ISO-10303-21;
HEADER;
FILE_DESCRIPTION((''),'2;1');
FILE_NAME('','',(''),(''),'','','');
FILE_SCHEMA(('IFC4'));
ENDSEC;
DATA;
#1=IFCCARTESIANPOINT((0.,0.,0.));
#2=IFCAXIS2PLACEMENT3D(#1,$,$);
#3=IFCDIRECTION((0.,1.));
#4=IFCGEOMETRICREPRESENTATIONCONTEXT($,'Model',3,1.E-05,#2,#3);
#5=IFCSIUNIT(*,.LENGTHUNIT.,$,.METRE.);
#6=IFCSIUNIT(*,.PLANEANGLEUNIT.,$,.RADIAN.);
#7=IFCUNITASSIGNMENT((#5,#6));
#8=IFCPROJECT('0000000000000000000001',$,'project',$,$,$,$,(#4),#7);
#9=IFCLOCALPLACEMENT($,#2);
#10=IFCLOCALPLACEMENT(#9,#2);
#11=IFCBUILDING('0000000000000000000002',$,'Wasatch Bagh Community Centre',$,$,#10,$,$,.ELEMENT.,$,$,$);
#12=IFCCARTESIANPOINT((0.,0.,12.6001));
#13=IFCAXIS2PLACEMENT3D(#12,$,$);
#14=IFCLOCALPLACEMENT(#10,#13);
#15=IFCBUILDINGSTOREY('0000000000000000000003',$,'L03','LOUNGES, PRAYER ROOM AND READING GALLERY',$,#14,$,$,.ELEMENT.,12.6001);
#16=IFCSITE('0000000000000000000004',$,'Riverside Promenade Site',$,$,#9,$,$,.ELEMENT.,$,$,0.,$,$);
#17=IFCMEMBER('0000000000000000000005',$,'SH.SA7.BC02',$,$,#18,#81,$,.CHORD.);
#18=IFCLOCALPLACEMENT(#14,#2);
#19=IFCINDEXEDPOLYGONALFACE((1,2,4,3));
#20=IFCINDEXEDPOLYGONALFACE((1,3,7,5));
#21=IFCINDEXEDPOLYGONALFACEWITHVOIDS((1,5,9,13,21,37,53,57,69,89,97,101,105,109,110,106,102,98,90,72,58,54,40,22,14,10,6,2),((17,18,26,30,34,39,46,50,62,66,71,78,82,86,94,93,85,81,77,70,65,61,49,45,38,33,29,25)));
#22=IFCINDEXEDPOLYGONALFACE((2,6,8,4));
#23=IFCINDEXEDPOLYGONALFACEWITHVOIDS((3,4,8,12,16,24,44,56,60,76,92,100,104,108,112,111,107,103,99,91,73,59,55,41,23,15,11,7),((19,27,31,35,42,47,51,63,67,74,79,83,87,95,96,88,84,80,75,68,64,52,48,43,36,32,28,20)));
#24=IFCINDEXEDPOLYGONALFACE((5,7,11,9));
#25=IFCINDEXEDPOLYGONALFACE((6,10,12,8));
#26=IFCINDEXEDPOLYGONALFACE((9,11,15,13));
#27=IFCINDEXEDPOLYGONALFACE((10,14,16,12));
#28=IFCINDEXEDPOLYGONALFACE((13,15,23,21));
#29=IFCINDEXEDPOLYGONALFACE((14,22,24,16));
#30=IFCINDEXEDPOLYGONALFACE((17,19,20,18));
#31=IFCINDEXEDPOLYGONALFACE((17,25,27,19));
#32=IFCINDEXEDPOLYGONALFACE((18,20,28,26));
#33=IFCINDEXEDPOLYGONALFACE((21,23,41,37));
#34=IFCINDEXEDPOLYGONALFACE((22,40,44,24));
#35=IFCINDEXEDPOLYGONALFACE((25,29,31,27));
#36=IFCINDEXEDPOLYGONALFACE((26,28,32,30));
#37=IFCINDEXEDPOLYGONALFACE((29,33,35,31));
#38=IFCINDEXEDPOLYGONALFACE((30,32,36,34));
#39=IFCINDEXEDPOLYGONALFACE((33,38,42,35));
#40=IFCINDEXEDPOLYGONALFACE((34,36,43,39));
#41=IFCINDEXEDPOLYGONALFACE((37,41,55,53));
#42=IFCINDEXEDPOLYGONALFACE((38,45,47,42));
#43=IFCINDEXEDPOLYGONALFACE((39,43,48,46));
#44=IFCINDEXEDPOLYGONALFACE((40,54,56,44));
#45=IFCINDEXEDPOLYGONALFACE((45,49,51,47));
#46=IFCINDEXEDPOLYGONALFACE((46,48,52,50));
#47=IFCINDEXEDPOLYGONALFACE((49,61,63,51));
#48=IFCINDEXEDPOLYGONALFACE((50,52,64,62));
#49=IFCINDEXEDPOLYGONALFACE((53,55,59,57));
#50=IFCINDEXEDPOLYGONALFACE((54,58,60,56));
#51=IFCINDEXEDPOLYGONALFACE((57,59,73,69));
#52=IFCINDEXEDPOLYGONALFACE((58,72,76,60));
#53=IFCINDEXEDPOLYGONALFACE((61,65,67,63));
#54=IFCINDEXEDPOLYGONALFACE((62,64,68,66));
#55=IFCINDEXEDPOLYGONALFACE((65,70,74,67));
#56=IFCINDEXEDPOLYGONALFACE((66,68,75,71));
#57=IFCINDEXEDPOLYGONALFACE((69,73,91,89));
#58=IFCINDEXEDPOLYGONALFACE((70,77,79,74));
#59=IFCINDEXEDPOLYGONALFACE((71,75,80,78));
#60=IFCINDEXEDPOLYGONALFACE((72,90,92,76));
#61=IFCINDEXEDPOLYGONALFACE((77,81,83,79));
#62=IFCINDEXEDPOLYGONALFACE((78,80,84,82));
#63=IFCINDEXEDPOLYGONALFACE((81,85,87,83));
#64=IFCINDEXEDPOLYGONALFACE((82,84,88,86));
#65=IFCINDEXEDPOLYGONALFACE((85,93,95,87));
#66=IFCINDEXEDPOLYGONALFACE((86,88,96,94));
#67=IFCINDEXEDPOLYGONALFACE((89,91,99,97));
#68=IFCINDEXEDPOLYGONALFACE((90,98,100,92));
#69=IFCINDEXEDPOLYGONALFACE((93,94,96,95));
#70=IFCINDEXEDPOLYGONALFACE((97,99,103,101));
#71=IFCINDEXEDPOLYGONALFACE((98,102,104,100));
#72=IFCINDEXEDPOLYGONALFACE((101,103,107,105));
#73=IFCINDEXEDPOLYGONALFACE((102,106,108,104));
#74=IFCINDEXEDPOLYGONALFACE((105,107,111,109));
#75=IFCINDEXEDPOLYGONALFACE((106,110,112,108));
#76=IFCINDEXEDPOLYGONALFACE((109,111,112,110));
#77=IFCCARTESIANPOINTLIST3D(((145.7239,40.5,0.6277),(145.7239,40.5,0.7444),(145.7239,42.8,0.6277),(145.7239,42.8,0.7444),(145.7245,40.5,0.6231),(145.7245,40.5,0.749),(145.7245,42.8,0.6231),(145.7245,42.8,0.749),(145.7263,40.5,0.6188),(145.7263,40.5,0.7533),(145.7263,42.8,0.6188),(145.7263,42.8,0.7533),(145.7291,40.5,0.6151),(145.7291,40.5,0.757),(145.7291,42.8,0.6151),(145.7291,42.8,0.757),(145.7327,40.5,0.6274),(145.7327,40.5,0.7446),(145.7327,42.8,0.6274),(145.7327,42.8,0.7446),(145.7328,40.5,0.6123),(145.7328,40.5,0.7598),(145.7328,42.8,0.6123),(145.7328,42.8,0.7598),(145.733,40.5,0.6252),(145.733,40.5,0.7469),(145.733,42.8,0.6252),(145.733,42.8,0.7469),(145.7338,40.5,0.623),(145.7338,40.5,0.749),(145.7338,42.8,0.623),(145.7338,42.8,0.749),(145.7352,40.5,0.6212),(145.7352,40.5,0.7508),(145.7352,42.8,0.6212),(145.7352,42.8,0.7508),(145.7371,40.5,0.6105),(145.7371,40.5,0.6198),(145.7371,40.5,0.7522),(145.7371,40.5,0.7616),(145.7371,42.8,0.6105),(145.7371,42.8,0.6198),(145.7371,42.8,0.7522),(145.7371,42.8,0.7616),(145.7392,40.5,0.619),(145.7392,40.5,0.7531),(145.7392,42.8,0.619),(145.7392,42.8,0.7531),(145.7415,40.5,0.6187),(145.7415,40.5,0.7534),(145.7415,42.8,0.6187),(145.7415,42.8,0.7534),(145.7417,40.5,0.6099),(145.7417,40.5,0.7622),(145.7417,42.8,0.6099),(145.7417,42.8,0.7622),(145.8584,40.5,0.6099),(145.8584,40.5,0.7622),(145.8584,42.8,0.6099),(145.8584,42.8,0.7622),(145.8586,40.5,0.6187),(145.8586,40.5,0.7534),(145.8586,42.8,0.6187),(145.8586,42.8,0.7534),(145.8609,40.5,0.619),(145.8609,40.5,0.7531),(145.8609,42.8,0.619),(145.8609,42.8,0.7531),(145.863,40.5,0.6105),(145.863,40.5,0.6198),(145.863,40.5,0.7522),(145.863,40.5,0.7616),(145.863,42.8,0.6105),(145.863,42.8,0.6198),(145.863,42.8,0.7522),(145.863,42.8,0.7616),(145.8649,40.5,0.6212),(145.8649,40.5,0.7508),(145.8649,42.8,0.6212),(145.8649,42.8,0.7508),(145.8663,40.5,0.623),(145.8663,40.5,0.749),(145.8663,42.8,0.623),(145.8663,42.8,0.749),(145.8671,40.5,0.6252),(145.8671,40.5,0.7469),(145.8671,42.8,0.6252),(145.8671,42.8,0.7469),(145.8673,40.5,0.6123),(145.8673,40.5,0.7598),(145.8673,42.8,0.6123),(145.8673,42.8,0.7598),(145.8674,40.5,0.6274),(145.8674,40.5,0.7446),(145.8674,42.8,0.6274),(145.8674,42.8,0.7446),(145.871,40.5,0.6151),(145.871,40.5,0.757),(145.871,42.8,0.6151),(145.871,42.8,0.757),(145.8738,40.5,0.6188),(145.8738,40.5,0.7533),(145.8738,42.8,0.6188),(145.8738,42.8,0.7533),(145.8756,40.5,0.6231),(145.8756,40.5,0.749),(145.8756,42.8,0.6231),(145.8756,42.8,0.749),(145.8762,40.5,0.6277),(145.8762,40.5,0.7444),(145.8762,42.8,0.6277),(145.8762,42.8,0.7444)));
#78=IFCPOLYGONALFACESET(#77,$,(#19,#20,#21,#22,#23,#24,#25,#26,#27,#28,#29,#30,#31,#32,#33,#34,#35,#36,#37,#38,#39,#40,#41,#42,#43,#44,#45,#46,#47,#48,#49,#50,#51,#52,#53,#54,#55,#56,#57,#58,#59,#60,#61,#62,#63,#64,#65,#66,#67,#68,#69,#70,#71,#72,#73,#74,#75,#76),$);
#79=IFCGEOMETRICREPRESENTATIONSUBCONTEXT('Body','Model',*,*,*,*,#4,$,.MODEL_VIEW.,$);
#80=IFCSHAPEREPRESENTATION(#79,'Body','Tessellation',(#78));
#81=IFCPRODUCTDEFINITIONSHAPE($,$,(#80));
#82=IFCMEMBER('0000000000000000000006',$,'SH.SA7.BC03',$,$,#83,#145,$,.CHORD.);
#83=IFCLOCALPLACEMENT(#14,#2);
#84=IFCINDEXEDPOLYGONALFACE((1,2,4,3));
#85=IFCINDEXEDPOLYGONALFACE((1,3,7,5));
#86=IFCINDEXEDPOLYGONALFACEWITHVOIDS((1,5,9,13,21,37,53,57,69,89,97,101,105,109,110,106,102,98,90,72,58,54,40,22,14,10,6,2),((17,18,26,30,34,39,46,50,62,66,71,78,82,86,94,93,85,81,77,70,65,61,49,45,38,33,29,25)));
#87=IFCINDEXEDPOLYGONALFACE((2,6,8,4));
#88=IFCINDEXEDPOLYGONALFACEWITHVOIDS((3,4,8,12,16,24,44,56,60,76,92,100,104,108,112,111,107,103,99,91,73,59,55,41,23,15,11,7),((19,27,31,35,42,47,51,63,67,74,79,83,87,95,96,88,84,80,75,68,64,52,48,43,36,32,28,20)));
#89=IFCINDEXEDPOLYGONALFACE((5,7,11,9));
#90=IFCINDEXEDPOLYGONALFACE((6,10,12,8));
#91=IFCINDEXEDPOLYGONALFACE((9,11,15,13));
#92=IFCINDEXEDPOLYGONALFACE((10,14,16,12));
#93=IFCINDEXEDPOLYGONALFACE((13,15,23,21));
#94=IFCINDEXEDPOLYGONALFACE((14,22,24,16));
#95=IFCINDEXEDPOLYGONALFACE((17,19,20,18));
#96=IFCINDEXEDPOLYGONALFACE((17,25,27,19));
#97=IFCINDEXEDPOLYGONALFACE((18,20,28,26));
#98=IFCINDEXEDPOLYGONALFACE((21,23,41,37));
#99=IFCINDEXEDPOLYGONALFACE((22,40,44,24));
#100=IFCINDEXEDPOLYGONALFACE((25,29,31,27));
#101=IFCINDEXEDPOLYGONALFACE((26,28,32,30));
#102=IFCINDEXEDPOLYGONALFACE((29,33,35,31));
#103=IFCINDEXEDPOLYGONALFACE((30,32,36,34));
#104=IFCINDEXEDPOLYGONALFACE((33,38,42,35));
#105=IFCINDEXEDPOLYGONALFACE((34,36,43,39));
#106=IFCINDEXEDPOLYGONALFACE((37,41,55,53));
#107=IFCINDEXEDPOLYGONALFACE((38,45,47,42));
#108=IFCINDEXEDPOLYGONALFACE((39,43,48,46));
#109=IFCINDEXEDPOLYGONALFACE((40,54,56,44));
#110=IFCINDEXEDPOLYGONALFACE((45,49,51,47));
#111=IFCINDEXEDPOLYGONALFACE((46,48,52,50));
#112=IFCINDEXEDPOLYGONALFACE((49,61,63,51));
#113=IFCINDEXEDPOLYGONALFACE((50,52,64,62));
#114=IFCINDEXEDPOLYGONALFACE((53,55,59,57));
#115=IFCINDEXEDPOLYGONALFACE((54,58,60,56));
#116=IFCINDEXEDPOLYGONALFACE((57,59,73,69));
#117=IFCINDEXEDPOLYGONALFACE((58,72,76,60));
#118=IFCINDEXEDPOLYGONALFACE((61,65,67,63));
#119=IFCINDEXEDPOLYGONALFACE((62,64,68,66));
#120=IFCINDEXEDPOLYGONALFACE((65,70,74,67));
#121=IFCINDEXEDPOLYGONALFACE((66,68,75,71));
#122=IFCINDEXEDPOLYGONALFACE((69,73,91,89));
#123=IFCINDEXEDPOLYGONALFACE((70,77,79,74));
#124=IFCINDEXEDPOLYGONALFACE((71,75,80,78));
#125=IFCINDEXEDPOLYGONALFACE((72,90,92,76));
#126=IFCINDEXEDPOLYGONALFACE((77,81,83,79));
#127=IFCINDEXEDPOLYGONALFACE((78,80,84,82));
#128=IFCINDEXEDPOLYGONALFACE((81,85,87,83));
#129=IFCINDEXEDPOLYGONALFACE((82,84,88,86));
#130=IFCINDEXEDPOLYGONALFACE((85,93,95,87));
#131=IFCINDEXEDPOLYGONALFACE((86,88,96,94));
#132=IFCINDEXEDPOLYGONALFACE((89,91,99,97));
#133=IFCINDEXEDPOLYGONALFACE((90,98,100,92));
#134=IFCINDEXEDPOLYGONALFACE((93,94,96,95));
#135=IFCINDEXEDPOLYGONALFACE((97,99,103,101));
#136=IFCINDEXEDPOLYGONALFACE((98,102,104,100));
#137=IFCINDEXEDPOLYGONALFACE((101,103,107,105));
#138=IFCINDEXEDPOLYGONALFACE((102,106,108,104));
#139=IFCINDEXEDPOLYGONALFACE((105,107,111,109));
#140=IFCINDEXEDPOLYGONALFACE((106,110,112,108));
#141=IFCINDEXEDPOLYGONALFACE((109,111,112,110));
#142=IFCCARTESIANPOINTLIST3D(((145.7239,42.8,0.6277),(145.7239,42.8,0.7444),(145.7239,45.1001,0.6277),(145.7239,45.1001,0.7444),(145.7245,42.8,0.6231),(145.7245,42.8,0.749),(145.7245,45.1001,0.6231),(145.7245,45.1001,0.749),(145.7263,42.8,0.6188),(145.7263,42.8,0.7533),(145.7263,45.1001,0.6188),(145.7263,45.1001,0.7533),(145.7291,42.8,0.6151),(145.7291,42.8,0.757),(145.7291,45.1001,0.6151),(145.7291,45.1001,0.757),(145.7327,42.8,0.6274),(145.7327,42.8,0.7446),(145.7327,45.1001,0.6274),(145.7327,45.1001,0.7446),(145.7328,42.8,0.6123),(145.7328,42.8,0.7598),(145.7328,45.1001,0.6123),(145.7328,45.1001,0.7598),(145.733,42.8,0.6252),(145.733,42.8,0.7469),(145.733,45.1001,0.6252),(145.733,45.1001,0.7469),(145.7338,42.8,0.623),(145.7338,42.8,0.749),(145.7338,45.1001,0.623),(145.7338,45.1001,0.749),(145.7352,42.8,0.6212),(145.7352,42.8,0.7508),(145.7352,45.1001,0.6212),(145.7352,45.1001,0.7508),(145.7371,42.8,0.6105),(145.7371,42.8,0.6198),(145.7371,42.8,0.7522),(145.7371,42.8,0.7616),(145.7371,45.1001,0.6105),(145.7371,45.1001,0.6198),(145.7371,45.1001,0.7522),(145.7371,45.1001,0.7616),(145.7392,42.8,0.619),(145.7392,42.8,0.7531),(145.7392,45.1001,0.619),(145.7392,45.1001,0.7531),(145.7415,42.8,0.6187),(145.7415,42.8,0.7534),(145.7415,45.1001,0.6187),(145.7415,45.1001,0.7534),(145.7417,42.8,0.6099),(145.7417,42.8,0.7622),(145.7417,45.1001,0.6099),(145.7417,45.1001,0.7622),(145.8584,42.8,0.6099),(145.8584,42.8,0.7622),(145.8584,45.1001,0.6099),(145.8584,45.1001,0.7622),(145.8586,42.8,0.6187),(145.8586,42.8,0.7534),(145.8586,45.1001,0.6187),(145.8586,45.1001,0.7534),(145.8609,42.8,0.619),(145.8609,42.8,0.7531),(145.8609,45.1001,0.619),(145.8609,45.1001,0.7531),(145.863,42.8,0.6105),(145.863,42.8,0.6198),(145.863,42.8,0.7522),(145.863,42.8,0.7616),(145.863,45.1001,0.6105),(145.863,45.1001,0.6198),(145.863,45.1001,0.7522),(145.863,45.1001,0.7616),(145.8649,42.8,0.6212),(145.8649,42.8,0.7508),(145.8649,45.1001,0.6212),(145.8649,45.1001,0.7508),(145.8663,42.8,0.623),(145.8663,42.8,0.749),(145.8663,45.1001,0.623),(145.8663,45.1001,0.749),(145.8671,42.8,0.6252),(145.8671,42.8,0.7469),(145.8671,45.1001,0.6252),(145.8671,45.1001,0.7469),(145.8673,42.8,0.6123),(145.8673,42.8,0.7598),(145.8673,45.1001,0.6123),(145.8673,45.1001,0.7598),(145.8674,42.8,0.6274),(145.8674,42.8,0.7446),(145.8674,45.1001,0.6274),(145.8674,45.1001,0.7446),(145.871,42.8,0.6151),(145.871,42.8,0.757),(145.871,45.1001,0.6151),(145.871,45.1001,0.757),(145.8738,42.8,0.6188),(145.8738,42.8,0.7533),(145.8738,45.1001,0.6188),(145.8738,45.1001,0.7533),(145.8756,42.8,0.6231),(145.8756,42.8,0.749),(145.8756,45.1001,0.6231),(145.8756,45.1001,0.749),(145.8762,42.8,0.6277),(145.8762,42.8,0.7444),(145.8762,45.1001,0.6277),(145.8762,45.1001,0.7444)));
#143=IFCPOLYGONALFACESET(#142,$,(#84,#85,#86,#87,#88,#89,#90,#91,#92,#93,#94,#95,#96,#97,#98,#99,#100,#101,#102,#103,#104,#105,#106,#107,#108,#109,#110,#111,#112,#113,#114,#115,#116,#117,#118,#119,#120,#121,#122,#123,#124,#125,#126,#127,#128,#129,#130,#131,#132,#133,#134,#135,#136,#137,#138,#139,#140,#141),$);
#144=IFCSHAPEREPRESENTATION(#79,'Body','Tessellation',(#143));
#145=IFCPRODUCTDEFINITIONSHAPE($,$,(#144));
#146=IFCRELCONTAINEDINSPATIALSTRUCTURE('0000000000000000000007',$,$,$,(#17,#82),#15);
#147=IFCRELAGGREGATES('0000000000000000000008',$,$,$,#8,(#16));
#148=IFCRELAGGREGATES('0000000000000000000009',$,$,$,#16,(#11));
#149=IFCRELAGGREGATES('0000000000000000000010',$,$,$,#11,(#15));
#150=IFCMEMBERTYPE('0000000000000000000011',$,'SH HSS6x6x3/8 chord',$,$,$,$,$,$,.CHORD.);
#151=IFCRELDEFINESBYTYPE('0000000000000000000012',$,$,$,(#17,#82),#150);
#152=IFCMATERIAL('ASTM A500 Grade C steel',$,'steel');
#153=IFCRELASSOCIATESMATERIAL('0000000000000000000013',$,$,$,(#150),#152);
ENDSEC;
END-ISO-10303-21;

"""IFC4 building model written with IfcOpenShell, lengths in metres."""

from ifc_helpers import new_model, si_unit, direction, frame, origin, origin_2d, place, context, subcontext, project, spatial, hollow_rectangle, extrude, material, material_profile, profile_set, type_object, element, save


model = new_model("IFC4")

# Units and contexts
model_context = context("Model", 3, precision=1e-05, world=origin(), true_north=direction((0.0, 1.0)))
body_context = subcontext(model_context, "Body", "Model", "MODEL_VIEW")
ifc_project = project(units=[si_unit("LENGTHUNIT", "METRE"), si_unit("PLANEANGLEUNIT", "RADIAN")], contexts=[model_context])

# Site, building, storey
site_placement = place(None, origin())
site = spatial("IfcSite", under=ifc_project, at=site_placement, Name="Riverside Promenade Site", CompositionType="ELEMENT", RefElevation=0.0)
building_placement = place(site_placement, origin())
building = spatial("IfcBuilding", under=site, at=building_placement, Name="Wasatch Bagh Community Centre", CompositionType="ELEMENT")
storey_placement = place(building_placement, frame((0.0, 0.0, 12.6001)))
storey = spatial("IfcBuildingStorey", under=building, at=storey_placement, Name="L03", Description="LOUNGES, PRAYER ROOM AND READING GALLERY", CompositionType="ELEMENT", Elevation=12.6001)

# Members
ifc_material_1 = material(Name="ASTM A500 Grade C steel", Category="steel")
ifc_material_profile_1 = material_profile(ifc_material_1, hollow_rectangle(XDim=0.1523, YDim=0.1523, WallThickness=0.0088, InnerFilletRadius=0.0088, OuterFilletRadius=0.0178, at=origin_2d()), Name="HSS6x6x3/8")
ifc_profile_set_1 = profile_set([ifc_material_profile_1], Name="ASTM A500 Grade C steel")
member_type_1 = type_object("IfcMemberType", Name="SH HSS6x6x3/8 chord", PredefinedType="CHORD", material=ifc_profile_set_1)
for number, where, z_axis, x_axis, name in (
    (1, (145.8, 40.5, 0.686), (0.0, 1.0, 0.0), (-1.0, 0.0, 0.0), "SH.SA7.BC02"),
    (2, (145.8, 42.8, 0.686), (0.0, 1.0, 0.0), (-1.0, 0.0, 0.0), "SH.SA7.BC03"),
):
    element("IfcMember", number, at=place(storey_placement, frame(where, z_axis=z_axis, x_axis=x_axis)), inside=storey, type_object=member_type_1, Name=name, PredefinedType="CHORD", context=body_context, shape_type="SweptSolid", body=[
        extrude(hollow_rectangle(XDim=0.1523, YDim=0.1523, WallThickness=0.0088, InnerFilletRadius=0.0088, OuterFilletRadius=0.0178, at=origin_2d()), origin(), (0.0, 0.0, 1.0), 2.3),
    ])

save(model, "model.ifc")
